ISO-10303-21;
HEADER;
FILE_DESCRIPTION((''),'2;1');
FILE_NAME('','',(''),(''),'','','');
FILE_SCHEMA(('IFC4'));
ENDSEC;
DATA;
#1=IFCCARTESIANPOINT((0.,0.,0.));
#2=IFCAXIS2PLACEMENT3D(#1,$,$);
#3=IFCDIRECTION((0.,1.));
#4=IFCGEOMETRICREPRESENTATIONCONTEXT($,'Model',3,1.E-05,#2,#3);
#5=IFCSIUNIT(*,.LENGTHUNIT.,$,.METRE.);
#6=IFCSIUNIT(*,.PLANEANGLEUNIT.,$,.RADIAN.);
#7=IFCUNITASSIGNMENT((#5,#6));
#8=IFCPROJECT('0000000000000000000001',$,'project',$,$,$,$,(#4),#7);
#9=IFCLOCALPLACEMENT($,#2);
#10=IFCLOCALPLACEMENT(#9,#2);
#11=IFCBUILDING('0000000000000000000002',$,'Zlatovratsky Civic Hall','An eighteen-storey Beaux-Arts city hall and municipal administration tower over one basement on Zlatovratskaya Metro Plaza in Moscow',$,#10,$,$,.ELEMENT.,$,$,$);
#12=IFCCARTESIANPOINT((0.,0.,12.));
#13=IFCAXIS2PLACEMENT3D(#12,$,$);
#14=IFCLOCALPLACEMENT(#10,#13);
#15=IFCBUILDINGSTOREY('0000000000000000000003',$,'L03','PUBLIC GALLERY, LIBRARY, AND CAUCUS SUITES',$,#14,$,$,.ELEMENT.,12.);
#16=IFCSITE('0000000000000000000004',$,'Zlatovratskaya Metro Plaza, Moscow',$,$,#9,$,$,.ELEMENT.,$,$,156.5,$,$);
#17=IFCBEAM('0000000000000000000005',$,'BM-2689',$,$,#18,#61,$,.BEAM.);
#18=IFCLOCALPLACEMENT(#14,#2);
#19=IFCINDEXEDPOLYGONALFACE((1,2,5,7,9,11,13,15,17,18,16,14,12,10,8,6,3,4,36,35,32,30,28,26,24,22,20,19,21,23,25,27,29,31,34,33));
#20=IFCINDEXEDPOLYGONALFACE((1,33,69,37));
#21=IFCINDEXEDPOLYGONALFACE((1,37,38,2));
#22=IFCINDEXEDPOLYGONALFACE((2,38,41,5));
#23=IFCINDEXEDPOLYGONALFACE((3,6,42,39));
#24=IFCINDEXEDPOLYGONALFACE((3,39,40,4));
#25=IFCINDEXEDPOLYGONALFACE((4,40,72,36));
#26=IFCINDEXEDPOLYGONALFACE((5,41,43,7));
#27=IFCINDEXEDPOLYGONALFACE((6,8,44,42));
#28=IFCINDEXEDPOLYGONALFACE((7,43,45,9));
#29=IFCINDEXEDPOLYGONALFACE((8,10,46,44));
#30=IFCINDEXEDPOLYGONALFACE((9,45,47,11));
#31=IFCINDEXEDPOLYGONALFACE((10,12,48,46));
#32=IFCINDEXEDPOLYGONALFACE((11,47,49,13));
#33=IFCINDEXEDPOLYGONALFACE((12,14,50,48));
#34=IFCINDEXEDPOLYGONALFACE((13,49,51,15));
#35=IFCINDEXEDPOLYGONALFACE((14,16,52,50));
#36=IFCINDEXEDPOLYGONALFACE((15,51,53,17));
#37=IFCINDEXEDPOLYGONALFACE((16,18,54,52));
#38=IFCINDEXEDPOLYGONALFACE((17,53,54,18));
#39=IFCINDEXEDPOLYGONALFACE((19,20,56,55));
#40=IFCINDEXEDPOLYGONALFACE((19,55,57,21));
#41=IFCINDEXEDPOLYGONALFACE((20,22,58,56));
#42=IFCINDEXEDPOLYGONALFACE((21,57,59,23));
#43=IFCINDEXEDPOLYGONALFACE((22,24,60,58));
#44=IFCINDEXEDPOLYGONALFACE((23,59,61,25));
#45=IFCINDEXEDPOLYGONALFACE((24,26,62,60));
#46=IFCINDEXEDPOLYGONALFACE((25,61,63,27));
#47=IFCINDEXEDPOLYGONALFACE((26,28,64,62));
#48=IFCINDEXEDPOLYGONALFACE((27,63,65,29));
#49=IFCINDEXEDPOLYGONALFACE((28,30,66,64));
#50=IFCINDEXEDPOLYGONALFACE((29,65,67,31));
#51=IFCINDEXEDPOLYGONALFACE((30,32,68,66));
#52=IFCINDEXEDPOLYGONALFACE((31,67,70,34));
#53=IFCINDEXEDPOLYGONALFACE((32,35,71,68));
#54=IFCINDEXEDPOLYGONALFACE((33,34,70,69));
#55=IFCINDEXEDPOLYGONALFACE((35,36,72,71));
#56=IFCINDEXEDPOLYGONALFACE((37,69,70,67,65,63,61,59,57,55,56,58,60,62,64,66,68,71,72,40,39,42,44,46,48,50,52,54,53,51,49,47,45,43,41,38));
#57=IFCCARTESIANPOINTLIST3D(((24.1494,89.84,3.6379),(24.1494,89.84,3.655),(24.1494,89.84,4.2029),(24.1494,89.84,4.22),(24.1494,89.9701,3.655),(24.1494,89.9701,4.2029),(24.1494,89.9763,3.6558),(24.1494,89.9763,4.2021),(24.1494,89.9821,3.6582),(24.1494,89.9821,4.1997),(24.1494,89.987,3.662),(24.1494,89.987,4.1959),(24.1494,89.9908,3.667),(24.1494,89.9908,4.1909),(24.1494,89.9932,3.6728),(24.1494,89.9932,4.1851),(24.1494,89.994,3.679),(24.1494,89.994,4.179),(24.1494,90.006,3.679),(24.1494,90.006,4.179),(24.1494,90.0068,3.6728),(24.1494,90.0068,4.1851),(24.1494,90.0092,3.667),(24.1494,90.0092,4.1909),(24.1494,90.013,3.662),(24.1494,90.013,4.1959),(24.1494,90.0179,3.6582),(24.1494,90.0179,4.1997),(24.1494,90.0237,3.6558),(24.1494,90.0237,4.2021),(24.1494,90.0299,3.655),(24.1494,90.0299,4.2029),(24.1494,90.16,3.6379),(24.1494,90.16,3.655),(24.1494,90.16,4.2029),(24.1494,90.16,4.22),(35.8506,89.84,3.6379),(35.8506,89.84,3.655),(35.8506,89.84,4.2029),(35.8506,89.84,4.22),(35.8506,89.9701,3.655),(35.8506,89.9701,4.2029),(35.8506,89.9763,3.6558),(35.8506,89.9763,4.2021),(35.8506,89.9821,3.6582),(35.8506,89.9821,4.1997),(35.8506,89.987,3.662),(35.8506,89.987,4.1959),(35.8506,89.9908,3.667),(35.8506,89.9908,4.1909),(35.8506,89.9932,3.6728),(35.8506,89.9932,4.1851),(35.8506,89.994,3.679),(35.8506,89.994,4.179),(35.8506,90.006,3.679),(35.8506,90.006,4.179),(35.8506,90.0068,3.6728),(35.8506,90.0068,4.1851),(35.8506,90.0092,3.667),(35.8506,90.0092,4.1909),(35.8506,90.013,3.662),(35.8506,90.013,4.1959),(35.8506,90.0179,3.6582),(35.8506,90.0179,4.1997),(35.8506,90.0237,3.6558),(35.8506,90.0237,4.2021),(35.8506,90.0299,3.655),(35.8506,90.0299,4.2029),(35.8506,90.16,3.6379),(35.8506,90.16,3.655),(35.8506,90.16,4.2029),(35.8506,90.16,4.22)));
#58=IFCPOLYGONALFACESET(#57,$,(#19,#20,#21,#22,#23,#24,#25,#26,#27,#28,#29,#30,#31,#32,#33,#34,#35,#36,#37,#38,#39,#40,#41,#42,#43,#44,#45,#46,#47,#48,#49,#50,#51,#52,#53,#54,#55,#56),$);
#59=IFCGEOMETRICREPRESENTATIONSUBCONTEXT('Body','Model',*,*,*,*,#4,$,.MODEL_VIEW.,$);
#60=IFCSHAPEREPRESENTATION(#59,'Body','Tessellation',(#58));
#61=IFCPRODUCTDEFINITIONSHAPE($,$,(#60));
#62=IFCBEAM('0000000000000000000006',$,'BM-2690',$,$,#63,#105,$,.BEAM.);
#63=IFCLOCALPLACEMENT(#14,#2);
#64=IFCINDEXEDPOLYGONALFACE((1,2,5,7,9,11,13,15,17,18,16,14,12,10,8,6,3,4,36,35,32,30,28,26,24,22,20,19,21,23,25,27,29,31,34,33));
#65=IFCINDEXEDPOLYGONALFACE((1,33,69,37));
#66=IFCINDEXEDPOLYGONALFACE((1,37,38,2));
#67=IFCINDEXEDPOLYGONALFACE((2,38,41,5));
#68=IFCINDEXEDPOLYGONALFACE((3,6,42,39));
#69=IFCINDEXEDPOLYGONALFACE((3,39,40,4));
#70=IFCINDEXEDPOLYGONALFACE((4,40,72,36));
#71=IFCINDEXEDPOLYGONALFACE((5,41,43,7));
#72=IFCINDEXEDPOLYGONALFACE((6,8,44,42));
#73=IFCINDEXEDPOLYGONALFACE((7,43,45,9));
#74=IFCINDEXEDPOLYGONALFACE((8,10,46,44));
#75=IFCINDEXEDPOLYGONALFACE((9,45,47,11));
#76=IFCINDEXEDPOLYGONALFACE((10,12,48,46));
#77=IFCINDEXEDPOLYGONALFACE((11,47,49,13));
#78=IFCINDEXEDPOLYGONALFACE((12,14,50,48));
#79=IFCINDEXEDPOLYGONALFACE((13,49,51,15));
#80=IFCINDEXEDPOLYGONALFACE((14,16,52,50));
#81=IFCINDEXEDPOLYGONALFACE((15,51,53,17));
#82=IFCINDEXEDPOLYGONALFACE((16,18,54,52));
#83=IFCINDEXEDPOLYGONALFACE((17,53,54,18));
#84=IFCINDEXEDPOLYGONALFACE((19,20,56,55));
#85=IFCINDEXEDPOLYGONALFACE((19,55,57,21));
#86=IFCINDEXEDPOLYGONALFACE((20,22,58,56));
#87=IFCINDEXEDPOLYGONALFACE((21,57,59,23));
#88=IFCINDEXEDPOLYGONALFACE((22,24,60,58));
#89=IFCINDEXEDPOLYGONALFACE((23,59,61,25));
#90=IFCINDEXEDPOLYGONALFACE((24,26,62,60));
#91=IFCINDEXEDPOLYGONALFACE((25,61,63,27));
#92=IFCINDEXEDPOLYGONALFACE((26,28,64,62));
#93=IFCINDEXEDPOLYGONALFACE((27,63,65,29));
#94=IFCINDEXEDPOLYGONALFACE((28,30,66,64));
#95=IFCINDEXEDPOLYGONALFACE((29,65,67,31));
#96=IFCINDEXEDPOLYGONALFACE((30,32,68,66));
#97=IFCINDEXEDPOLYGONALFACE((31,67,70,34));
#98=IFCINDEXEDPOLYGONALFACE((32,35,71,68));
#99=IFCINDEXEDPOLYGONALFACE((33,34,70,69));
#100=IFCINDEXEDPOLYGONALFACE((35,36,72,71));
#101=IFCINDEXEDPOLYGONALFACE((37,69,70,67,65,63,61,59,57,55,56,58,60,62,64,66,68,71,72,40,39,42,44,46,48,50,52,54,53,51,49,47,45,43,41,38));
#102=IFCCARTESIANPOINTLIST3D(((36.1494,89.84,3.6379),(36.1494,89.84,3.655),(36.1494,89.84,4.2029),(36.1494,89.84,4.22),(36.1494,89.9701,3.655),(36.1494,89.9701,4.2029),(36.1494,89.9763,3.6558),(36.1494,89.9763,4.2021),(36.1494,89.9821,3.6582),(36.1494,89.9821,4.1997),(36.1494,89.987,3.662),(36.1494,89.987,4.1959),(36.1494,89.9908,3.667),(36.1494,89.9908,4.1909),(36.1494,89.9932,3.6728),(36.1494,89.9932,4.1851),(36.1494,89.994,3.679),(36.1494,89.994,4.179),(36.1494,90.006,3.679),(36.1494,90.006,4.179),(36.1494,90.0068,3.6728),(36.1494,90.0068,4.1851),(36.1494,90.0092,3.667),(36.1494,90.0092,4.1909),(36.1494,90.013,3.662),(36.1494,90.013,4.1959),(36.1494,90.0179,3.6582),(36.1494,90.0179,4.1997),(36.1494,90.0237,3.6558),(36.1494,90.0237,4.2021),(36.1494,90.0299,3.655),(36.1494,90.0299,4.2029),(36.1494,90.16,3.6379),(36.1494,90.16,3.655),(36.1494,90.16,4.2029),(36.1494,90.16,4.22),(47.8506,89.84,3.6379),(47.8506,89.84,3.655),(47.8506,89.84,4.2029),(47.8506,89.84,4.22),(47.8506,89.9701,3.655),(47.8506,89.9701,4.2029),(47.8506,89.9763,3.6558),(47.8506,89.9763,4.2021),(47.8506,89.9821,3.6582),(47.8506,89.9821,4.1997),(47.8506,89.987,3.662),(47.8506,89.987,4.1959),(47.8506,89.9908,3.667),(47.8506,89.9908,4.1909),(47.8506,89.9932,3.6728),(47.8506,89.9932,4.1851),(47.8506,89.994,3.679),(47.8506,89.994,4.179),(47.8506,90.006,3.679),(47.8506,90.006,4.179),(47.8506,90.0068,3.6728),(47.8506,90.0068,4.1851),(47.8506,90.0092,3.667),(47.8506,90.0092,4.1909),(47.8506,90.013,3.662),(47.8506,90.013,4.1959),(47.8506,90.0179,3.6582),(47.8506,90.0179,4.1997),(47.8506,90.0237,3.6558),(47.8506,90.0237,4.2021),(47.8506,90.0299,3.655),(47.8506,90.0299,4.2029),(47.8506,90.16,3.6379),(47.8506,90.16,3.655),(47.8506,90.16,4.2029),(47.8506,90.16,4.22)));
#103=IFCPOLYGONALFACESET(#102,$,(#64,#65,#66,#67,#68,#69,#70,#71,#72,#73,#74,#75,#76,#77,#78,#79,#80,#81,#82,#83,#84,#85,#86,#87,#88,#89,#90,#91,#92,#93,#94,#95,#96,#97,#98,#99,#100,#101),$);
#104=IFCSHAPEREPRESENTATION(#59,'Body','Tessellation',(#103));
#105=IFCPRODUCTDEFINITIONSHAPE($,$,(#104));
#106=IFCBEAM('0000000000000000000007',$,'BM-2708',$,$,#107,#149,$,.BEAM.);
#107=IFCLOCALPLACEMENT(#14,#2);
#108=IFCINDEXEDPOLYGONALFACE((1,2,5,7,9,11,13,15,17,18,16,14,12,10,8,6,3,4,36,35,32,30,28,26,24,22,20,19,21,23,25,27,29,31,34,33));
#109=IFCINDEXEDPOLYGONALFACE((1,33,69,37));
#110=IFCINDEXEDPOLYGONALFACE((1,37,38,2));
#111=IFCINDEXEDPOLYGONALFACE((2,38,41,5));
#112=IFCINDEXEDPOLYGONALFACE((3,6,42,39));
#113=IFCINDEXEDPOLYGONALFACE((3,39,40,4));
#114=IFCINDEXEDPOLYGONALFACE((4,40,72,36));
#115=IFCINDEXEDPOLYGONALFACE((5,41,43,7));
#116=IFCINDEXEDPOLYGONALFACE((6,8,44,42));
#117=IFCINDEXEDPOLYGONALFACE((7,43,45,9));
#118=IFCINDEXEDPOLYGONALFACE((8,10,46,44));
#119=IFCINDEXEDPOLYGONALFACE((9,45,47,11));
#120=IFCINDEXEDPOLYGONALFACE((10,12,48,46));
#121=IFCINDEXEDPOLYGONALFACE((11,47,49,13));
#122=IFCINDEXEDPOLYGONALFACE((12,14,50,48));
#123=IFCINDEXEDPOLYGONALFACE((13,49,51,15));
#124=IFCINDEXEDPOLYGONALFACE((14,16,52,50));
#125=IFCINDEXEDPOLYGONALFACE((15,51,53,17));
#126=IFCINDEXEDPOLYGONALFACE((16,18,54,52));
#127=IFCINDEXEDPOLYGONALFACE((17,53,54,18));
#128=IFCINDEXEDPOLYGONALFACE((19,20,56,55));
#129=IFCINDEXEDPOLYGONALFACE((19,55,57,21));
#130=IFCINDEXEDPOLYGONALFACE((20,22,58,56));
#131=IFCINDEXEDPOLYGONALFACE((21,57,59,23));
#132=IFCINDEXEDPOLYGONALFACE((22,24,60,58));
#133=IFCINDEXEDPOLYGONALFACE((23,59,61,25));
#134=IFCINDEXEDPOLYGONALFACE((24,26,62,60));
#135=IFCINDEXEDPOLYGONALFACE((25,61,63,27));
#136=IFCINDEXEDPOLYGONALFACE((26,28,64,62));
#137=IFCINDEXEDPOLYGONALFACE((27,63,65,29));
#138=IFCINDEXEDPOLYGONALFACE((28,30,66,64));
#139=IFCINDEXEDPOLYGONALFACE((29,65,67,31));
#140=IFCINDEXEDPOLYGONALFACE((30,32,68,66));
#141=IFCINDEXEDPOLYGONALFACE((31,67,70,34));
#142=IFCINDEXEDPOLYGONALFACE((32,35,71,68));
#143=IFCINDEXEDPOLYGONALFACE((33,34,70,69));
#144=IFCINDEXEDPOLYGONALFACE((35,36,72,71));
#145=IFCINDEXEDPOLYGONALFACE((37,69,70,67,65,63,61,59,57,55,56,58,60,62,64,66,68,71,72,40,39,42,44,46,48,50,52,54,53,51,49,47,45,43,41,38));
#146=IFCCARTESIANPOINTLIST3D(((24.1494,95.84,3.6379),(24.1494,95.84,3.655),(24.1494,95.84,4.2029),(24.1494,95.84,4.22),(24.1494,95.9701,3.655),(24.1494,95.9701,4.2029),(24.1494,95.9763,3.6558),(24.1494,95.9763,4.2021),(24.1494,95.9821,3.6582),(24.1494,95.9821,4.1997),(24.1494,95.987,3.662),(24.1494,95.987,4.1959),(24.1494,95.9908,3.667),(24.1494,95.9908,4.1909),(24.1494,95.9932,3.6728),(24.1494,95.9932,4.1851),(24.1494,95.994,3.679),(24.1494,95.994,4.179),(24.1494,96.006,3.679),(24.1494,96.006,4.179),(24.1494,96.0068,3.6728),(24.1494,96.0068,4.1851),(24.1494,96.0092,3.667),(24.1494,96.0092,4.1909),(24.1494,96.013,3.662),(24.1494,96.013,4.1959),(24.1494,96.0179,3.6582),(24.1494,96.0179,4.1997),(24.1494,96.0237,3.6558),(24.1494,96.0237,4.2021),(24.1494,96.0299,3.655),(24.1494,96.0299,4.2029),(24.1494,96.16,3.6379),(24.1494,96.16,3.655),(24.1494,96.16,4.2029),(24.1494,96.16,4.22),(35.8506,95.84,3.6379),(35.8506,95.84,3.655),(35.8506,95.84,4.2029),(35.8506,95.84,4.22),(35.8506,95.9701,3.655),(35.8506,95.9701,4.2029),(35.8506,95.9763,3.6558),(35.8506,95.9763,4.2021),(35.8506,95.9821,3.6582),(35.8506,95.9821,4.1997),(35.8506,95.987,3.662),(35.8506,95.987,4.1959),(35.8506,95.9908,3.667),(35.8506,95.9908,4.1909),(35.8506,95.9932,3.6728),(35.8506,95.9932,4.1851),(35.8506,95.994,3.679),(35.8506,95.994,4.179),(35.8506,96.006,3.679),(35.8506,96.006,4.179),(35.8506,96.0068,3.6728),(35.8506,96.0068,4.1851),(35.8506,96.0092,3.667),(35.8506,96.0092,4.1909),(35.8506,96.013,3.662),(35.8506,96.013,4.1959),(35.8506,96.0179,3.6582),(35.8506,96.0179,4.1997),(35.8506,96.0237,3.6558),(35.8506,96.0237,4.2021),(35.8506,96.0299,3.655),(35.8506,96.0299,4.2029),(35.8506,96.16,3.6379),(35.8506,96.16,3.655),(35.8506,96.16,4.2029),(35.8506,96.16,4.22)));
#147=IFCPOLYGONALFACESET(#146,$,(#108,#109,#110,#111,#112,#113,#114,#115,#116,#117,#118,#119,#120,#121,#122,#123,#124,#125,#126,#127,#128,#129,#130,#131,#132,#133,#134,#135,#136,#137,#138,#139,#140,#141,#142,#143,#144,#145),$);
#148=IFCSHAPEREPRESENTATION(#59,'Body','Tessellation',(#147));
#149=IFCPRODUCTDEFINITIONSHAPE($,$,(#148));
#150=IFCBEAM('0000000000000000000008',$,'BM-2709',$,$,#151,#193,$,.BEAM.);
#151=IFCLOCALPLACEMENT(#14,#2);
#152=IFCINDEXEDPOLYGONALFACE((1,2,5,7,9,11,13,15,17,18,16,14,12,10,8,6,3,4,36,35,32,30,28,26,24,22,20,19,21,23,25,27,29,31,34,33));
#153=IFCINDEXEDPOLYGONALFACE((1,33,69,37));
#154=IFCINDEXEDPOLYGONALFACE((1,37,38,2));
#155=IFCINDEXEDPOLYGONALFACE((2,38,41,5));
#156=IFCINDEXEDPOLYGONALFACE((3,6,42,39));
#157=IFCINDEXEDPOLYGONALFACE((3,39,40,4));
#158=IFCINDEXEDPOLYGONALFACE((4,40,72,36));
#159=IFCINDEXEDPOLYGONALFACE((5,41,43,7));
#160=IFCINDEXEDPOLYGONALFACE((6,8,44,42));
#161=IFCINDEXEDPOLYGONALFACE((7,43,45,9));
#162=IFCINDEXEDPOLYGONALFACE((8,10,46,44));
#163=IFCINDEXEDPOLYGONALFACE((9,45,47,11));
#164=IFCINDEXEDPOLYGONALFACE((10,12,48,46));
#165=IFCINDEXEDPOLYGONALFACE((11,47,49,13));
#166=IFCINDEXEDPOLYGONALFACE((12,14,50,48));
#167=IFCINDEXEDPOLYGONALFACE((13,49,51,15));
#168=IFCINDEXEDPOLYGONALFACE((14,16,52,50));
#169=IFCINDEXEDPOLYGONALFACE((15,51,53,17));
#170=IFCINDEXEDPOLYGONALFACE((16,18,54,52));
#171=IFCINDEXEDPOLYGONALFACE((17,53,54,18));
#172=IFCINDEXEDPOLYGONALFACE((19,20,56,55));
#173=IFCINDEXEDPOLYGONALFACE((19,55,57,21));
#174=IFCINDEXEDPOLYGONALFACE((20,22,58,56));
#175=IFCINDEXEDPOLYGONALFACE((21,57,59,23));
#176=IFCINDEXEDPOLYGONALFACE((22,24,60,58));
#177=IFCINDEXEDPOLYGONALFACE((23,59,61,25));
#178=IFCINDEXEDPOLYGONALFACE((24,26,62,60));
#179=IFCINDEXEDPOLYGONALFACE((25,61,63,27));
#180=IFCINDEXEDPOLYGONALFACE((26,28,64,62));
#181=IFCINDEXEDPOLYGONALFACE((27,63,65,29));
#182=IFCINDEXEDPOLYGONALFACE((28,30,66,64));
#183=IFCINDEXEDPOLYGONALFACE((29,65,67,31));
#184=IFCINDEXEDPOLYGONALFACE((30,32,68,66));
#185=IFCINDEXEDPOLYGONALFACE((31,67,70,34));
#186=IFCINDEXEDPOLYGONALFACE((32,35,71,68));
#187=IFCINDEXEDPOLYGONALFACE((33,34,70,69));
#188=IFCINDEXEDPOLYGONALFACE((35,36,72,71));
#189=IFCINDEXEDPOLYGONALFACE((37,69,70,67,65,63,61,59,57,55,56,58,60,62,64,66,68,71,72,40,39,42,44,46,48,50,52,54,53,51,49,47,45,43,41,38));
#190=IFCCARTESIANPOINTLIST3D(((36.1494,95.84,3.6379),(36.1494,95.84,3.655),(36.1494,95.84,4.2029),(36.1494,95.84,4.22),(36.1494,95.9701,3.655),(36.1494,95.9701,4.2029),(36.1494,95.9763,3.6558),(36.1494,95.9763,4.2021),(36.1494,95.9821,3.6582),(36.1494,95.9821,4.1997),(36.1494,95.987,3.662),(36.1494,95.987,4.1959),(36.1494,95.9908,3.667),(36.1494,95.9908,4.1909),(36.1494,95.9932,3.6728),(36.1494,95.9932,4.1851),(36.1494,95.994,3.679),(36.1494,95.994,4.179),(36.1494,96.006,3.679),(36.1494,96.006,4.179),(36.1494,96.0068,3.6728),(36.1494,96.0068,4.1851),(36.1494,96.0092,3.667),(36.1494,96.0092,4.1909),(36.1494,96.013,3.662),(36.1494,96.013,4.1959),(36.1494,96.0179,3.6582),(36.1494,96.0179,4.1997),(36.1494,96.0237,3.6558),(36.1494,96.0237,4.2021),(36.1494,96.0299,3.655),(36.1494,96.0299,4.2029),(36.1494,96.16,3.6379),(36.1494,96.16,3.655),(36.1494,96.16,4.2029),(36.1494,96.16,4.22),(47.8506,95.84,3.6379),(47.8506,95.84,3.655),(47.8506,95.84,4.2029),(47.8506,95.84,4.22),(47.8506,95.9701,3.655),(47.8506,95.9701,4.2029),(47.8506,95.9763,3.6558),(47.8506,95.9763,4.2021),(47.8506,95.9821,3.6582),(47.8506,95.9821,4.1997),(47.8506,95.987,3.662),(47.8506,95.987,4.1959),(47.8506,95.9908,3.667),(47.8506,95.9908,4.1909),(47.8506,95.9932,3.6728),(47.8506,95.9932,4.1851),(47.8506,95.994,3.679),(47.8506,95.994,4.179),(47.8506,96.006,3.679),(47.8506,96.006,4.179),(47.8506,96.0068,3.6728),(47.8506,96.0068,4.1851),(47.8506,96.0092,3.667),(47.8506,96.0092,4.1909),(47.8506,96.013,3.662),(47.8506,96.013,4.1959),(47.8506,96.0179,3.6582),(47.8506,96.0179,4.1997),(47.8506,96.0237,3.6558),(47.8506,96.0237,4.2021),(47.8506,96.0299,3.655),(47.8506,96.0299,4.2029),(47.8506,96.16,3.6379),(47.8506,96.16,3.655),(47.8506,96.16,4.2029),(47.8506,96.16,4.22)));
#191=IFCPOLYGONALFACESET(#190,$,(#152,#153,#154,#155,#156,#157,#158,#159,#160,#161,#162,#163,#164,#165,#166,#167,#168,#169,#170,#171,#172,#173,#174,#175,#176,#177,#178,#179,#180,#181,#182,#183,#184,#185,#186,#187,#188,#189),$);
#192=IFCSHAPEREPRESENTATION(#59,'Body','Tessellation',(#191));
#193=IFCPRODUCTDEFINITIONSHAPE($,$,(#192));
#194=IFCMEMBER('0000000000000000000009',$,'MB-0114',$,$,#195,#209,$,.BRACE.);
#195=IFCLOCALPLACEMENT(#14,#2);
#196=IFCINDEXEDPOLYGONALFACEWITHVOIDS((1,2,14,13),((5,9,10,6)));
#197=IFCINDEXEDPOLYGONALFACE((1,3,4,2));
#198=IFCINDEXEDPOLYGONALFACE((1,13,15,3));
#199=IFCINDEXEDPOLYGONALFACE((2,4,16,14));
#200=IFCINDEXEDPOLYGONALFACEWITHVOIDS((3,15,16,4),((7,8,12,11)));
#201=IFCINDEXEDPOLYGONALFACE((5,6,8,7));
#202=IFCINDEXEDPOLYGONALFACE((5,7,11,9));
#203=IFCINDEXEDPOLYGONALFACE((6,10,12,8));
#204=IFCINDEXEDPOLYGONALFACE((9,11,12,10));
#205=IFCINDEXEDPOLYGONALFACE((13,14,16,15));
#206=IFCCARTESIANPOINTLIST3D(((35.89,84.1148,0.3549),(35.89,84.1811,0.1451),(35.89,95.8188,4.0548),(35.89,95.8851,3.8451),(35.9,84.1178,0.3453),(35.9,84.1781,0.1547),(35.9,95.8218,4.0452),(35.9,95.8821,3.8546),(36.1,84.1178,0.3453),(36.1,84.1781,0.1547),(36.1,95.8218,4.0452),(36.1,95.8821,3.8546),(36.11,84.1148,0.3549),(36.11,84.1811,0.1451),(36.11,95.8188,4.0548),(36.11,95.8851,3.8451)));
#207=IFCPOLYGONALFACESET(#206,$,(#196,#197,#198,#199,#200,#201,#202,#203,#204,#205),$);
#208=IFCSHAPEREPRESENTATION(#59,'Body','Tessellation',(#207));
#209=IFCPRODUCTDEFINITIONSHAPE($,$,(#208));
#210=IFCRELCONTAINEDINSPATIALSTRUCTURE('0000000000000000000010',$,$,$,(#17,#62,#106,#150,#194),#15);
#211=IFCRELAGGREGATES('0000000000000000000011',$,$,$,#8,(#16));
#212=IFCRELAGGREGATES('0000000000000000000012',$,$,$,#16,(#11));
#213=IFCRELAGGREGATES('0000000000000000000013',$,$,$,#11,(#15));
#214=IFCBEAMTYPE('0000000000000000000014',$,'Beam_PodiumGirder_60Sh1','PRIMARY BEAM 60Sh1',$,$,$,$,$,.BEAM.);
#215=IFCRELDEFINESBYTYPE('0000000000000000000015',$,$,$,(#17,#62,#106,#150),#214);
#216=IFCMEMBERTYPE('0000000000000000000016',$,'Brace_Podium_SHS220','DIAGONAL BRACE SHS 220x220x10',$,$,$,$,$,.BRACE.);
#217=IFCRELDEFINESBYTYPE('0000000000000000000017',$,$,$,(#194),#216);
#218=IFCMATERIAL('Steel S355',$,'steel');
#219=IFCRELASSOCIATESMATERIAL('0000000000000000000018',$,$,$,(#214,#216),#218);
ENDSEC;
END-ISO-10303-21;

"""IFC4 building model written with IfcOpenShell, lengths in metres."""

from ifc_helpers import new_model, si_unit, direction, frame, origin, origin_2d, place, context, subcontext, project, spatial, hollow_rectangle, i_section, extrude, material, material_profile, profile_set, type_object, element, save


model = new_model("IFC4")

# Units and contexts
model_context = context("Model", 3, precision=1e-05, world=origin(), true_north=direction((0.0, 1.0)))
body_context = subcontext(model_context, "Body", "Model", "MODEL_VIEW")
ifc_project = project(units=[si_unit("LENGTHUNIT", "METRE"), si_unit("PLANEANGLEUNIT", "RADIAN")], contexts=[model_context])

# Site, building, storey
site_placement = place(None, origin())
site = spatial("IfcSite", under=ifc_project, at=site_placement, Name="Zlatovratskaya Metro Plaza, Moscow", CompositionType="ELEMENT", RefElevation=156.5)
building_placement = place(site_placement, origin())
building = spatial("IfcBuilding", under=site, at=building_placement, Name="Zlatovratsky Civic Hall", Description="An eighteen-storey Beaux-Arts city hall and municipal administration tower over one basement on Zlatovratskaya Metro Plaza in Moscow", CompositionType="ELEMENT")
storey_placement = place(building_placement, frame((0.0, 0.0, 12.0)))
storey = spatial("IfcBuildingStorey", under=building, at=storey_placement, Name="L03", Description="PUBLIC GALLERY, LIBRARY, AND CAUCUS SUITES", CompositionType="ELEMENT", Elevation=12.0)

# Shared definitions
ifc_material_1 = material(Name="Steel S355", Category="steel")

# Beams
ifc_material_profile_1 = material_profile(ifc_material_1, i_section(OverallWidth=0.3201, OverallDepth=0.582, WebThickness=0.012, FlangeThickness=0.0171, FilletRadius=0.0239, at=origin_2d()), Name="60Sh1")
ifc_profile_set_1 = profile_set([ifc_material_profile_1], Name="Steel S355")
beam_type_1 = type_object("IfcBeamType", Name="Beam_PodiumGirder_60Sh1", Description="PRIMARY BEAM 60Sh1", PredefinedType="BEAM", material=ifc_profile_set_1)
for number, where, z_axis, x_axis, name in (
    (1, (24.1494, 90.0, 3.929), (1.0, 0.0, 0.0), (0.0, 1.0, 0.0), "BM-2689"),
    (2, (36.1494, 90.0, 3.929), (1.0, 0.0, 0.0), (0.0, 1.0, 0.0), "BM-2690"),
    (3, (24.1494, 96.0, 3.929), (1.0, 0.0, 0.0), (0.0, 1.0, 0.0), "BM-2708"),
    (4, (36.1494, 96.0, 3.929), (1.0, 0.0, 0.0), (0.0, 1.0, 0.0), "BM-2709"),
):
    element("IfcBeam", number, at=place(storey_placement, frame(where, z_axis=z_axis, x_axis=x_axis)), inside=storey, type_object=beam_type_1, Name=name, PredefinedType="BEAM", context=body_context, shape_type="SweptSolid", body=[
        extrude(i_section(OverallWidth=0.3201, OverallDepth=0.582, WebThickness=0.012, FlangeThickness=0.0171, FilletRadius=0.0239, at=origin_2d()), origin(), (0.0, 0.0, 1.0), 11.7012),
    ])

# Member
ifc_material_profile_2 = material_profile(ifc_material_1, hollow_rectangle(XDim=0.22, YDim=0.22, WallThickness=0.01, at=origin_2d()), Name="SHS 220x220x10")
ifc_profile_set_2 = profile_set([ifc_material_profile_2], Name="Steel S355")
member_type = type_object("IfcMemberType", Name="Brace_Podium_SHS220", Description="DIAGONAL BRACE SHS 220x220x10", PredefinedType="BRACE", material=ifc_profile_set_2)
member_placement = place(storey_placement, frame((36.0, 84.1479, 0.25), z_axis=(0.0, 0.953491, 0.301422), x_axis=(-1.0, 0.0, 0.0)))
element("IfcMember", 5, at=member_placement, inside=storey, type_object=member_type, Name="MB-0114", PredefinedType="BRACE", context=body_context, shape_type="SweptSolid", body=[
    extrude(hollow_rectangle(XDim=0.22, YDim=0.22, WallThickness=0.01, at=origin_2d()), origin(), (0.0, 0.0, 1.0), 12.2749),
])

save(model, "model.ifc")
